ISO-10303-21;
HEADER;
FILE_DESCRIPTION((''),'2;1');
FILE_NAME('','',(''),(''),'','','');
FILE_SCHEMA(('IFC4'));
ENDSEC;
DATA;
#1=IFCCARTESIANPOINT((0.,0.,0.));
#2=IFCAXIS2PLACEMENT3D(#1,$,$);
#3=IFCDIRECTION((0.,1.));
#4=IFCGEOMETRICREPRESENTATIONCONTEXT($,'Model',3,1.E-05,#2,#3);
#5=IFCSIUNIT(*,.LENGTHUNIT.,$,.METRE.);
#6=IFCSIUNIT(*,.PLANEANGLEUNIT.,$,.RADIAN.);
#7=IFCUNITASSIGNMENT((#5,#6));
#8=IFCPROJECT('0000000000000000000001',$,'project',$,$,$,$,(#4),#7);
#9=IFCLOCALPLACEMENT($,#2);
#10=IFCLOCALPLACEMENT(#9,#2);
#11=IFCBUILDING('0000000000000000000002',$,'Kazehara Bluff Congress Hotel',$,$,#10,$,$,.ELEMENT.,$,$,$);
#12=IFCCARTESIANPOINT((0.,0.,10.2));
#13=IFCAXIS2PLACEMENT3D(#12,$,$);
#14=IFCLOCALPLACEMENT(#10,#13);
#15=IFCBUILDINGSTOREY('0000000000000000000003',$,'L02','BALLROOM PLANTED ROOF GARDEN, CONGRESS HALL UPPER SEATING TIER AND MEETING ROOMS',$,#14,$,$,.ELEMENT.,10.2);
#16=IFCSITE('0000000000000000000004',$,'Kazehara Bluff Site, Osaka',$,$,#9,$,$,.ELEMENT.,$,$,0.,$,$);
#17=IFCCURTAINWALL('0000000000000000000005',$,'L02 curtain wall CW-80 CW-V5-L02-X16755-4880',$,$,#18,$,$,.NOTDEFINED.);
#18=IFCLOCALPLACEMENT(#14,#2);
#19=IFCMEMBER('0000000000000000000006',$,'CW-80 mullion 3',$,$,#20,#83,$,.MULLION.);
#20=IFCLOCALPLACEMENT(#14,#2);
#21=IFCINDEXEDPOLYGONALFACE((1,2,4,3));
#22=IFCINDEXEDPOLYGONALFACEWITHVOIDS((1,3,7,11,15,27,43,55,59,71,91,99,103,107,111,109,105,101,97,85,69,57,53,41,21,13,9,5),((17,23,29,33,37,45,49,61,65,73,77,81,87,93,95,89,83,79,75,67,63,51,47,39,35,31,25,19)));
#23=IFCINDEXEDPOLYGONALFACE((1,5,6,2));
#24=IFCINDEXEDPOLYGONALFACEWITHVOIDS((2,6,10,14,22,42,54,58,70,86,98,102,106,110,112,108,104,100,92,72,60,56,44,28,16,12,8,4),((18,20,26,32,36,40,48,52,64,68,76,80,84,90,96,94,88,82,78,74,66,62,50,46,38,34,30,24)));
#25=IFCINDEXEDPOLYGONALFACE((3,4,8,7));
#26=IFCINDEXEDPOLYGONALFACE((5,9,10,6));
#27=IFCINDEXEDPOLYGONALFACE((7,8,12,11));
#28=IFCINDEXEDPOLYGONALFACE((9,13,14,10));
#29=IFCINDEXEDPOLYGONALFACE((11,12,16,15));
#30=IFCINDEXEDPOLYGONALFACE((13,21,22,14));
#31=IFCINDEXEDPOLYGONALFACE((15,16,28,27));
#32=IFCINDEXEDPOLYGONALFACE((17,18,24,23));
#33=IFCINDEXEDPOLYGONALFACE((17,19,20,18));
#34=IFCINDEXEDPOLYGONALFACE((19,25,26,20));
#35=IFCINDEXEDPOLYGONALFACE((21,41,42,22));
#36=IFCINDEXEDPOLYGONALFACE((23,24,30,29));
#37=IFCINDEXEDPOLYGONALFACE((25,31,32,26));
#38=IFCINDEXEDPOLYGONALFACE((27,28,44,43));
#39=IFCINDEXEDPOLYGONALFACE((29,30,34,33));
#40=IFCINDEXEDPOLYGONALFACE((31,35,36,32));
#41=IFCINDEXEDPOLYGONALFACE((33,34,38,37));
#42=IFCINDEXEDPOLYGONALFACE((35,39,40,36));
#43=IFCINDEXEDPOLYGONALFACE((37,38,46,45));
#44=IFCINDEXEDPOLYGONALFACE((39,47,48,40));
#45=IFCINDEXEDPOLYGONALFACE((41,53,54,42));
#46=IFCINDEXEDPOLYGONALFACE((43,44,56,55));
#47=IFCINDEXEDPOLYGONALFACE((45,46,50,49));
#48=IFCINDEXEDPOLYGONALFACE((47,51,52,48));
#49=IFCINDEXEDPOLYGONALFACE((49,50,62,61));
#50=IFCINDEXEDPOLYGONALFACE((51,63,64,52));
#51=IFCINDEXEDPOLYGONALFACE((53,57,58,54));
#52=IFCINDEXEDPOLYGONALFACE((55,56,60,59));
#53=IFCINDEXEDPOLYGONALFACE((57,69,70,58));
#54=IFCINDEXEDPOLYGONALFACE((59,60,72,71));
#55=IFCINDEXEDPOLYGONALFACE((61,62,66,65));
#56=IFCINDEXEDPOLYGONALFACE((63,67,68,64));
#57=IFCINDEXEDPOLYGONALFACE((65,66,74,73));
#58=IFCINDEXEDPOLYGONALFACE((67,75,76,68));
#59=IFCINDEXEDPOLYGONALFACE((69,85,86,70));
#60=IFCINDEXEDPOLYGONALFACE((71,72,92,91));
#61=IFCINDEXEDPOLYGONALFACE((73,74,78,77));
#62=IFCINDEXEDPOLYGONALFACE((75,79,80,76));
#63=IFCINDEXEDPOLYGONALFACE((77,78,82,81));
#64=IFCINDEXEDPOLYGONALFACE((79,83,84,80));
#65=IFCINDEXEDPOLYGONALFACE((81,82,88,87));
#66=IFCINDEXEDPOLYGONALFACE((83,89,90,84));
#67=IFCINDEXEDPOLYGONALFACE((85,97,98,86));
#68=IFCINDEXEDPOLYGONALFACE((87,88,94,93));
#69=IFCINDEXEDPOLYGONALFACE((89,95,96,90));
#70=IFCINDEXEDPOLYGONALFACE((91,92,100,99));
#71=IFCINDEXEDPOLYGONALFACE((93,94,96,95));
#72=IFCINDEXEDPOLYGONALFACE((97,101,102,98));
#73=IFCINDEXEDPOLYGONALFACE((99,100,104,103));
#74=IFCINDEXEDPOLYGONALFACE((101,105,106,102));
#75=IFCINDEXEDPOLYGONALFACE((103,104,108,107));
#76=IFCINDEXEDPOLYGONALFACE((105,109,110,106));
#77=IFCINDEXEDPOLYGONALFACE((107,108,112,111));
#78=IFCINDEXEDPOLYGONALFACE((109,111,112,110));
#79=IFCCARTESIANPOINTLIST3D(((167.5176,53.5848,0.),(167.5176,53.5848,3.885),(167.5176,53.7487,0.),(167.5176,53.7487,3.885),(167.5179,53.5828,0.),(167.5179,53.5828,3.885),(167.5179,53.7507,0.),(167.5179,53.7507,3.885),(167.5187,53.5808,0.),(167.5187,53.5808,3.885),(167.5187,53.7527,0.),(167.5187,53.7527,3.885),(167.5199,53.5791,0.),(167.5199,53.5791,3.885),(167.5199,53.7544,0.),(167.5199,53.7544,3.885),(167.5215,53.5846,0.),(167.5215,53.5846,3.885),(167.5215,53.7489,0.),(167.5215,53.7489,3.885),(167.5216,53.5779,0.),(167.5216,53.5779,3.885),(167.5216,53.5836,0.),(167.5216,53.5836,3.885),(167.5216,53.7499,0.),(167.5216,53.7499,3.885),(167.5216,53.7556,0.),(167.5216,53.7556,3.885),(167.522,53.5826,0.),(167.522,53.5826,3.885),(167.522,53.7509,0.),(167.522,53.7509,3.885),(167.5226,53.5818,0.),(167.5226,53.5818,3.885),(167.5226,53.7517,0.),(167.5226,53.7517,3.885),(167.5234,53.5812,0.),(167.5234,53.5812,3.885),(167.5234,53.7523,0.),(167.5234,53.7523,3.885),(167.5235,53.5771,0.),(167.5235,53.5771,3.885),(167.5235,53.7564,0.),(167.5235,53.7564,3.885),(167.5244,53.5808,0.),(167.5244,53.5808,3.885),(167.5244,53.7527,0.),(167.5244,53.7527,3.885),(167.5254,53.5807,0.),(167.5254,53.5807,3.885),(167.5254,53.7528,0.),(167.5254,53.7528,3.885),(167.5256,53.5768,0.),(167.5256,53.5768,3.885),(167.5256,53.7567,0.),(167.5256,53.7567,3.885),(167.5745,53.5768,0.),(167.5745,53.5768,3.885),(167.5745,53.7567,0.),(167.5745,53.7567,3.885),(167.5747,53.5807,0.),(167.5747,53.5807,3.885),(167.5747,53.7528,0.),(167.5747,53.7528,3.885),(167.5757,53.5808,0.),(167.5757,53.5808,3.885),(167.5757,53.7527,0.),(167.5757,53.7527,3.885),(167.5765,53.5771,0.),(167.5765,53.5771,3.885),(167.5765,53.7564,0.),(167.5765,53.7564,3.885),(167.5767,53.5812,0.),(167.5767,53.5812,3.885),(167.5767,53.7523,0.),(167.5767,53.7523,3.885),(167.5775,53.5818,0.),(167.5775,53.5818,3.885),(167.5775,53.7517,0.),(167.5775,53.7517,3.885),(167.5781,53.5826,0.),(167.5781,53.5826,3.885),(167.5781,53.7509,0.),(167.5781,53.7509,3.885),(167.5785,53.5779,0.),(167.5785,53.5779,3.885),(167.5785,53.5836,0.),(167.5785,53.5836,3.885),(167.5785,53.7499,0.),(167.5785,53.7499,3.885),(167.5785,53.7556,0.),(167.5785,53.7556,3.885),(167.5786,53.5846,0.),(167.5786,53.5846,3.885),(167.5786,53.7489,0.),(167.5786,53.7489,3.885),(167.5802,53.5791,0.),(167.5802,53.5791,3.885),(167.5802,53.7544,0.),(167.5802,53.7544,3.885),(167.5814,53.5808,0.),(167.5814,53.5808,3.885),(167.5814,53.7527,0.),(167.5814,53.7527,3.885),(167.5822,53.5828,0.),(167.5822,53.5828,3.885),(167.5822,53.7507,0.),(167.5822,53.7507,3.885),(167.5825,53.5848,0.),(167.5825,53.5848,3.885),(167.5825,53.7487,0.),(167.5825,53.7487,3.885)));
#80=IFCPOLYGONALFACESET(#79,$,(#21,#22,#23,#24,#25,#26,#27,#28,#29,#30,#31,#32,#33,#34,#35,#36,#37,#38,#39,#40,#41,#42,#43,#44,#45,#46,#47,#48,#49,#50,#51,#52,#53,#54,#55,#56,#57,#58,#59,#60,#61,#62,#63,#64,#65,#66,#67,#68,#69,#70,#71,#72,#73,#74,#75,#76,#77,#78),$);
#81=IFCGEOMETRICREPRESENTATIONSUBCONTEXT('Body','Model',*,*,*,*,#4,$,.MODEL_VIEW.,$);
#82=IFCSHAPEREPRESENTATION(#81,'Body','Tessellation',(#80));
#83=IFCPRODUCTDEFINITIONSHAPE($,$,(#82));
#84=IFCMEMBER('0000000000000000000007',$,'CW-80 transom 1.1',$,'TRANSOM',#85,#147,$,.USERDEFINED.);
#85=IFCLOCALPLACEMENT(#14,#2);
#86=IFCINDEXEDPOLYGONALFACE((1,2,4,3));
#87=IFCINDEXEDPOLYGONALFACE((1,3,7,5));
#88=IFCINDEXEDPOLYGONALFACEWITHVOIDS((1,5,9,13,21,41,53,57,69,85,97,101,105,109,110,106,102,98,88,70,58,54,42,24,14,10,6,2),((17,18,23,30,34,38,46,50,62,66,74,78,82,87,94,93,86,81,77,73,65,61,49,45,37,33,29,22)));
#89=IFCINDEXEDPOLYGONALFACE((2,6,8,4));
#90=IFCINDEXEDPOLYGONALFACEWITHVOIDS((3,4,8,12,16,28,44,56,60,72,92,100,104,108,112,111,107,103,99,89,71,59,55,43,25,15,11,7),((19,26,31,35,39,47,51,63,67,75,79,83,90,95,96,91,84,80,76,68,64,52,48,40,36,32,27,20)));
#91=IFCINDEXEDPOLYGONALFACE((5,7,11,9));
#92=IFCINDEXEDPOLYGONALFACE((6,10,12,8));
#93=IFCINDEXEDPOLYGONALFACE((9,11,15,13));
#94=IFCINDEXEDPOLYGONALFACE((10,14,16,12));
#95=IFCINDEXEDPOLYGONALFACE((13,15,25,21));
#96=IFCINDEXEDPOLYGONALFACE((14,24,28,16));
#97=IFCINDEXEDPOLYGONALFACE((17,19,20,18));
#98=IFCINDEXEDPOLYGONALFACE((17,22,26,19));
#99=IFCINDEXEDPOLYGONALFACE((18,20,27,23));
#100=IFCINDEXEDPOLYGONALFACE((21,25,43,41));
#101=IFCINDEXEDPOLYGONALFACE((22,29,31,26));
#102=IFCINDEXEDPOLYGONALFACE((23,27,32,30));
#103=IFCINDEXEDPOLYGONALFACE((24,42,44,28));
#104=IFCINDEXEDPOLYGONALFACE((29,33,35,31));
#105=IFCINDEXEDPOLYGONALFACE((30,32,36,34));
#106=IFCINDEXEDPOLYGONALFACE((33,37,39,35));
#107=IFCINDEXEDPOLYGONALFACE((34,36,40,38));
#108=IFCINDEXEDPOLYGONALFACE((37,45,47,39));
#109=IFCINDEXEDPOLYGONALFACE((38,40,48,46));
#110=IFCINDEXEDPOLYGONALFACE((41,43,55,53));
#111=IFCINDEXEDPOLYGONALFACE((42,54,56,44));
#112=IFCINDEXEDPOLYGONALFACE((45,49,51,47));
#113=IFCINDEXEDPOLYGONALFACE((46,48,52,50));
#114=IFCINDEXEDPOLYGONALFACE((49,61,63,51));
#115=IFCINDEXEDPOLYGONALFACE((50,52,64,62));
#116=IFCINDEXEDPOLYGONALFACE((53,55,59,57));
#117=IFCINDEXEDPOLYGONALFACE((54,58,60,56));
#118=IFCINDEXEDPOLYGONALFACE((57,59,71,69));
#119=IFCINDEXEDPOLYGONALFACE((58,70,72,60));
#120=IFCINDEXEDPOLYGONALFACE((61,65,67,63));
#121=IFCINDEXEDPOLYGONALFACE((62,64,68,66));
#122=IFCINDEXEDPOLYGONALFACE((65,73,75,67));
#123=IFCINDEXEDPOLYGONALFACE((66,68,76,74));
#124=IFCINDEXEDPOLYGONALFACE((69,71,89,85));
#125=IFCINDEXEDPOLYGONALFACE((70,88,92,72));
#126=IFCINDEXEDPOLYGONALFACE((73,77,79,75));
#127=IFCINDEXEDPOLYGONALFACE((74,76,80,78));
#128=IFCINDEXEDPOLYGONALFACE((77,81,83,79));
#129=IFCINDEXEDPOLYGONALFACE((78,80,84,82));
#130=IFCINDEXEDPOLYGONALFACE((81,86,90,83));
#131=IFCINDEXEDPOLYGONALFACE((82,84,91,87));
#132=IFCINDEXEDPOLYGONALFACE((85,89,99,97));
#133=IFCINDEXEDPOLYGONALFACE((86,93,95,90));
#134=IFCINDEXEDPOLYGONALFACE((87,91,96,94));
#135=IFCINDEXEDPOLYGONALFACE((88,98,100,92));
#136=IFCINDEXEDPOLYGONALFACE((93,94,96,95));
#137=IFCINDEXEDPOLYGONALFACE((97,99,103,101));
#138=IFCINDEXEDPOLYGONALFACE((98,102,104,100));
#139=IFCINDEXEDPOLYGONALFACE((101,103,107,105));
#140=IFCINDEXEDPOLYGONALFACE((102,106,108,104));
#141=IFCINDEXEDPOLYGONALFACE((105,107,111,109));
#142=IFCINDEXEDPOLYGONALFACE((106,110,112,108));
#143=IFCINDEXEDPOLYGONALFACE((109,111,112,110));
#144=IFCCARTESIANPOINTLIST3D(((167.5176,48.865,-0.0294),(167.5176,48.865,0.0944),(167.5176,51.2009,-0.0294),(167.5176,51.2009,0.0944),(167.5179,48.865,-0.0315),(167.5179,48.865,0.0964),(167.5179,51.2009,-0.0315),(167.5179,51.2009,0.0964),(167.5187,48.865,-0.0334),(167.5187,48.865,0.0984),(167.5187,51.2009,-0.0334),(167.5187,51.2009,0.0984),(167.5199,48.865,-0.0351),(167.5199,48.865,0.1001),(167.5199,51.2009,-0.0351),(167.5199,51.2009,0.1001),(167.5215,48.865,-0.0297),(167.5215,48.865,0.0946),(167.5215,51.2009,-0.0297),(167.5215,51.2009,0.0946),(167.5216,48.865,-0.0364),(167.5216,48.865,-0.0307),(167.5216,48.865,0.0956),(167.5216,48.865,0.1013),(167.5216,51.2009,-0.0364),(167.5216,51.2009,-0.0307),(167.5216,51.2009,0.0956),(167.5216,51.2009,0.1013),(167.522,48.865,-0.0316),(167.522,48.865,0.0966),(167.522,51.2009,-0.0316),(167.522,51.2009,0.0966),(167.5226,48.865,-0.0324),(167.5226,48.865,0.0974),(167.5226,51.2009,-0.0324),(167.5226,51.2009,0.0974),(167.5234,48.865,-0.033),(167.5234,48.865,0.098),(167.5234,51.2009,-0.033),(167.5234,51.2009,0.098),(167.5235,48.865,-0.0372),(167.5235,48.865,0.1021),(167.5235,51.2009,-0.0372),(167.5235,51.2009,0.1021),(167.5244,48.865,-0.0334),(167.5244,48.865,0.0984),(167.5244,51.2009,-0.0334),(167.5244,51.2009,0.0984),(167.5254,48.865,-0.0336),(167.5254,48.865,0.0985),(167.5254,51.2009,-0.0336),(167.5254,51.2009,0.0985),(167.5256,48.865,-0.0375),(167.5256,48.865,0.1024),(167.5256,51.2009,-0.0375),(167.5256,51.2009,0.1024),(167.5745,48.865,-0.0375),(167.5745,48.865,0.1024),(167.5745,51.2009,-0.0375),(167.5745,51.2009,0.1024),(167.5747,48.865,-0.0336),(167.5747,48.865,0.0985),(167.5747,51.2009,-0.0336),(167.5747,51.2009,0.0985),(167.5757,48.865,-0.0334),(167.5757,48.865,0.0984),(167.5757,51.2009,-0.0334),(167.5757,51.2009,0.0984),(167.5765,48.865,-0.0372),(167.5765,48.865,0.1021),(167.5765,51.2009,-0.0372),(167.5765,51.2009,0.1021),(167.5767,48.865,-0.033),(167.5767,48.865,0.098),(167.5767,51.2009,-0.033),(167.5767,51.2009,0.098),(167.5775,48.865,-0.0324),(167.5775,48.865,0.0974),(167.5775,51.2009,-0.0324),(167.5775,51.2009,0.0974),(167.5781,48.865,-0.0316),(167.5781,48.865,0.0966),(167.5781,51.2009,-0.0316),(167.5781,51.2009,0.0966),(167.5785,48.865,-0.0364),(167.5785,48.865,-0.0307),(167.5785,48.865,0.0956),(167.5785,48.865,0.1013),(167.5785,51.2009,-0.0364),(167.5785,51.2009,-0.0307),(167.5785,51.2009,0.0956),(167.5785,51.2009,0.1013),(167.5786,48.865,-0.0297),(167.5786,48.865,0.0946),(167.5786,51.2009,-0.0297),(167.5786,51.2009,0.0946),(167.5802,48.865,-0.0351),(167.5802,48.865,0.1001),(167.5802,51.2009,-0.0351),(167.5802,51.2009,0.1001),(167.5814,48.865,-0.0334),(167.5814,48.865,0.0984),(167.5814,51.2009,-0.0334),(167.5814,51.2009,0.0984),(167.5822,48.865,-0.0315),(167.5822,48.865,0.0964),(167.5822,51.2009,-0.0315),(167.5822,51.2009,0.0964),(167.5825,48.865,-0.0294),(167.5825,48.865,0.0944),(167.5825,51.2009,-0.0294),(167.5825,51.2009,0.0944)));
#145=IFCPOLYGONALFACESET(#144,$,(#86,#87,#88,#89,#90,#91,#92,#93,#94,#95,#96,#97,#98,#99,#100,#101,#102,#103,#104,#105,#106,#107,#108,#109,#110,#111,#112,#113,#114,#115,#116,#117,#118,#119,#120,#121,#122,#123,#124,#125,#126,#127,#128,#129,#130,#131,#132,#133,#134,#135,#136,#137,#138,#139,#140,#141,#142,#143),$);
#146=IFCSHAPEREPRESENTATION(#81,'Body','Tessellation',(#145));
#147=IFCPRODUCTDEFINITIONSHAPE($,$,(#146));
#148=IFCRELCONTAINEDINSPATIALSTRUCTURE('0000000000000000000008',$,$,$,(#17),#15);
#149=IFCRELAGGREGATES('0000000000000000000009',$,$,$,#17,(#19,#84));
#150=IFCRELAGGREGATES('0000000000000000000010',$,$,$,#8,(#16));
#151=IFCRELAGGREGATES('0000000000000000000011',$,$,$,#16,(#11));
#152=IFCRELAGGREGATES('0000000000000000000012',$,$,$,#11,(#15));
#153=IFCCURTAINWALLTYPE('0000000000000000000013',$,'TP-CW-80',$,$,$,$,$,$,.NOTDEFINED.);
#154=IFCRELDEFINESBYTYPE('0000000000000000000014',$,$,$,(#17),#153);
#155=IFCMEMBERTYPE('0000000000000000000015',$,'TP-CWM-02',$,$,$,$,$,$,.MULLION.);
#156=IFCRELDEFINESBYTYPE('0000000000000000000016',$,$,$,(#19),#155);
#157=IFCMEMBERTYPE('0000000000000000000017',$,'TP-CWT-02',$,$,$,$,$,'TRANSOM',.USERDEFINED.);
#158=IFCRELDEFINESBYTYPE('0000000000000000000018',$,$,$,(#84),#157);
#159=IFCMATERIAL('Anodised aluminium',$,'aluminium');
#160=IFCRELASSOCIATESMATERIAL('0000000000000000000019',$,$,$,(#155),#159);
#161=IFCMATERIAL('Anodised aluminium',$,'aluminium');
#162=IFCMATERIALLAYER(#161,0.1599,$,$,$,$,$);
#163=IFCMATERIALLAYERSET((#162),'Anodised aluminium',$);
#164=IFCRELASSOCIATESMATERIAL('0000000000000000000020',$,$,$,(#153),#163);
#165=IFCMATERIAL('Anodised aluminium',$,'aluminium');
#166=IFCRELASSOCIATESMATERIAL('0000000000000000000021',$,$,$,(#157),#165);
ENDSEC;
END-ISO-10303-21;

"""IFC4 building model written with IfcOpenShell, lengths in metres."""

from ifc_helpers import new_model, si_unit, direction, frame, origin, origin_2d, place, context, subcontext, project, spatial, hollow_rectangle, extrude, material, layer, layer_set, material_profile, profile_set, type_object, element, aggregate, save


model = new_model("IFC4")

# Units and contexts
model_context = context("Model", 3, precision=1e-05, world=origin(), true_north=direction((0.0, 1.0)))
body_context = subcontext(model_context, "Body", "Model", "MODEL_VIEW")
ifc_project = project(units=[si_unit("LENGTHUNIT", "METRE"), si_unit("PLANEANGLEUNIT", "RADIAN")], contexts=[model_context])

# Site, building, storey
site_placement = place(None, origin())
site = spatial("IfcSite", under=ifc_project, at=site_placement, Name="Kazehara Bluff Site, Osaka", CompositionType="ELEMENT", RefElevation=0.0)
building_placement = place(site_placement, origin())
building = spatial("IfcBuilding", under=site, at=building_placement, Name="Kazehara Bluff Congress Hotel", CompositionType="ELEMENT")
storey_placement = place(building_placement, frame((0.0, 0.0, 10.2)))
storey = spatial("IfcBuildingStorey", under=building, at=storey_placement, Name="L02", Description="BALLROOM PLANTED ROOF GARDEN, CONGRESS HALL UPPER SEATING TIER AND MEETING ROOMS", CompositionType="ELEMENT", Elevation=10.2)

# Shared definitions
ifc_material_1 = material(Name="Anodised aluminium", Category="aluminium")
ifc_material_profile_1 = material_profile(ifc_material_1, hollow_rectangle(XDim=0.0649, YDim=0.1799, WallThickness=0.0039, InnerFilletRadius=0.0039, OuterFilletRadius=0.0081, at=origin_2d()))
ifc_profile_set_1 = profile_set([ifc_material_profile_1], Name="Anodised aluminium")
member_type_1 = type_object("IfcMemberType", Name="TP-CWM-02", PredefinedType="MULLION", material=ifc_profile_set_1)

# Curtain wall, members
ifc_material_2 = material(Name="Anodised aluminium", Category="aluminium")
ifc_layer_1 = layer(ifc_material_2, 0.1599)
ifc_layer_set_1 = layer_set([ifc_layer_1], Name="Anodised aluminium")
curtain_wall_type_1 = type_object("IfcCurtainWallType", Name="TP-CW-80", PredefinedType="NOTDEFINED", material=ifc_layer_set_1)
curtain_wall_1_placement = place(storey_placement, origin())
curtain_wall_1 = element("IfcCurtainWall", 1, at=curtain_wall_1_placement, inside=storey, type_object=curtain_wall_type_1, Name="L02 curtain wall CW-80 CW-V5-L02-X16755-4880", PredefinedType="NOTDEFINED")
member_1_placement = place(storey_placement, frame((167.55, 53.6667, 0.0), z_axis=(0.0, 0.0, 1.0), x_axis=(-1.0, 0.0, 0.0)))
member_1 = element("IfcMember", 2, at=member_1_placement, type_object=member_type_1, Name="CW-80 mullion 3", PredefinedType="MULLION", context=body_context, shape_type="SweptSolid", body=[
    extrude(hollow_rectangle(XDim=0.0649, YDim=0.1799, WallThickness=0.0039, InnerFilletRadius=0.0039, OuterFilletRadius=0.0081, at=origin_2d()), origin(), (0.0, 0.0, 1.0), 3.885),
])
ifc_material_3 = material(Name="Anodised aluminium", Category="aluminium")
ifc_material_profile_2 = material_profile(ifc_material_3, hollow_rectangle(XDim=0.0649, YDim=0.1399, WallThickness=0.0039, InnerFilletRadius=0.0039, OuterFilletRadius=0.0081, at=origin_2d()))
ifc_profile_set_2 = profile_set([ifc_material_profile_2], Name="Anodised aluminium")
member_type_2 = type_object("IfcMemberType", Name="TP-CWT-02", ElementType="TRANSOM", PredefinedType="USERDEFINED", material=ifc_profile_set_2)
member_2_placement = place(storey_placement, frame((167.55, 48.865, 0.0325), z_axis=(0.0, 1.0, 0.0), x_axis=(-1.0, 0.0, 0.0)))
member_2 = element("IfcMember", 3, at=member_2_placement, type_object=member_type_2, Name="CW-80 transom 1.1", ObjectType="TRANSOM", PredefinedType="USERDEFINED", context=body_context, shape_type="SweptSolid", body=[
    extrude(hollow_rectangle(XDim=0.0649, YDim=0.1399, WallThickness=0.0039, InnerFilletRadius=0.0039, OuterFilletRadius=0.0081, at=origin_2d()), origin(), (0.0, 0.0, 1.0), 2.3359),
])

aggregate(curtain_wall_1, [member_1, member_2])

save(model, "model.ifc")
